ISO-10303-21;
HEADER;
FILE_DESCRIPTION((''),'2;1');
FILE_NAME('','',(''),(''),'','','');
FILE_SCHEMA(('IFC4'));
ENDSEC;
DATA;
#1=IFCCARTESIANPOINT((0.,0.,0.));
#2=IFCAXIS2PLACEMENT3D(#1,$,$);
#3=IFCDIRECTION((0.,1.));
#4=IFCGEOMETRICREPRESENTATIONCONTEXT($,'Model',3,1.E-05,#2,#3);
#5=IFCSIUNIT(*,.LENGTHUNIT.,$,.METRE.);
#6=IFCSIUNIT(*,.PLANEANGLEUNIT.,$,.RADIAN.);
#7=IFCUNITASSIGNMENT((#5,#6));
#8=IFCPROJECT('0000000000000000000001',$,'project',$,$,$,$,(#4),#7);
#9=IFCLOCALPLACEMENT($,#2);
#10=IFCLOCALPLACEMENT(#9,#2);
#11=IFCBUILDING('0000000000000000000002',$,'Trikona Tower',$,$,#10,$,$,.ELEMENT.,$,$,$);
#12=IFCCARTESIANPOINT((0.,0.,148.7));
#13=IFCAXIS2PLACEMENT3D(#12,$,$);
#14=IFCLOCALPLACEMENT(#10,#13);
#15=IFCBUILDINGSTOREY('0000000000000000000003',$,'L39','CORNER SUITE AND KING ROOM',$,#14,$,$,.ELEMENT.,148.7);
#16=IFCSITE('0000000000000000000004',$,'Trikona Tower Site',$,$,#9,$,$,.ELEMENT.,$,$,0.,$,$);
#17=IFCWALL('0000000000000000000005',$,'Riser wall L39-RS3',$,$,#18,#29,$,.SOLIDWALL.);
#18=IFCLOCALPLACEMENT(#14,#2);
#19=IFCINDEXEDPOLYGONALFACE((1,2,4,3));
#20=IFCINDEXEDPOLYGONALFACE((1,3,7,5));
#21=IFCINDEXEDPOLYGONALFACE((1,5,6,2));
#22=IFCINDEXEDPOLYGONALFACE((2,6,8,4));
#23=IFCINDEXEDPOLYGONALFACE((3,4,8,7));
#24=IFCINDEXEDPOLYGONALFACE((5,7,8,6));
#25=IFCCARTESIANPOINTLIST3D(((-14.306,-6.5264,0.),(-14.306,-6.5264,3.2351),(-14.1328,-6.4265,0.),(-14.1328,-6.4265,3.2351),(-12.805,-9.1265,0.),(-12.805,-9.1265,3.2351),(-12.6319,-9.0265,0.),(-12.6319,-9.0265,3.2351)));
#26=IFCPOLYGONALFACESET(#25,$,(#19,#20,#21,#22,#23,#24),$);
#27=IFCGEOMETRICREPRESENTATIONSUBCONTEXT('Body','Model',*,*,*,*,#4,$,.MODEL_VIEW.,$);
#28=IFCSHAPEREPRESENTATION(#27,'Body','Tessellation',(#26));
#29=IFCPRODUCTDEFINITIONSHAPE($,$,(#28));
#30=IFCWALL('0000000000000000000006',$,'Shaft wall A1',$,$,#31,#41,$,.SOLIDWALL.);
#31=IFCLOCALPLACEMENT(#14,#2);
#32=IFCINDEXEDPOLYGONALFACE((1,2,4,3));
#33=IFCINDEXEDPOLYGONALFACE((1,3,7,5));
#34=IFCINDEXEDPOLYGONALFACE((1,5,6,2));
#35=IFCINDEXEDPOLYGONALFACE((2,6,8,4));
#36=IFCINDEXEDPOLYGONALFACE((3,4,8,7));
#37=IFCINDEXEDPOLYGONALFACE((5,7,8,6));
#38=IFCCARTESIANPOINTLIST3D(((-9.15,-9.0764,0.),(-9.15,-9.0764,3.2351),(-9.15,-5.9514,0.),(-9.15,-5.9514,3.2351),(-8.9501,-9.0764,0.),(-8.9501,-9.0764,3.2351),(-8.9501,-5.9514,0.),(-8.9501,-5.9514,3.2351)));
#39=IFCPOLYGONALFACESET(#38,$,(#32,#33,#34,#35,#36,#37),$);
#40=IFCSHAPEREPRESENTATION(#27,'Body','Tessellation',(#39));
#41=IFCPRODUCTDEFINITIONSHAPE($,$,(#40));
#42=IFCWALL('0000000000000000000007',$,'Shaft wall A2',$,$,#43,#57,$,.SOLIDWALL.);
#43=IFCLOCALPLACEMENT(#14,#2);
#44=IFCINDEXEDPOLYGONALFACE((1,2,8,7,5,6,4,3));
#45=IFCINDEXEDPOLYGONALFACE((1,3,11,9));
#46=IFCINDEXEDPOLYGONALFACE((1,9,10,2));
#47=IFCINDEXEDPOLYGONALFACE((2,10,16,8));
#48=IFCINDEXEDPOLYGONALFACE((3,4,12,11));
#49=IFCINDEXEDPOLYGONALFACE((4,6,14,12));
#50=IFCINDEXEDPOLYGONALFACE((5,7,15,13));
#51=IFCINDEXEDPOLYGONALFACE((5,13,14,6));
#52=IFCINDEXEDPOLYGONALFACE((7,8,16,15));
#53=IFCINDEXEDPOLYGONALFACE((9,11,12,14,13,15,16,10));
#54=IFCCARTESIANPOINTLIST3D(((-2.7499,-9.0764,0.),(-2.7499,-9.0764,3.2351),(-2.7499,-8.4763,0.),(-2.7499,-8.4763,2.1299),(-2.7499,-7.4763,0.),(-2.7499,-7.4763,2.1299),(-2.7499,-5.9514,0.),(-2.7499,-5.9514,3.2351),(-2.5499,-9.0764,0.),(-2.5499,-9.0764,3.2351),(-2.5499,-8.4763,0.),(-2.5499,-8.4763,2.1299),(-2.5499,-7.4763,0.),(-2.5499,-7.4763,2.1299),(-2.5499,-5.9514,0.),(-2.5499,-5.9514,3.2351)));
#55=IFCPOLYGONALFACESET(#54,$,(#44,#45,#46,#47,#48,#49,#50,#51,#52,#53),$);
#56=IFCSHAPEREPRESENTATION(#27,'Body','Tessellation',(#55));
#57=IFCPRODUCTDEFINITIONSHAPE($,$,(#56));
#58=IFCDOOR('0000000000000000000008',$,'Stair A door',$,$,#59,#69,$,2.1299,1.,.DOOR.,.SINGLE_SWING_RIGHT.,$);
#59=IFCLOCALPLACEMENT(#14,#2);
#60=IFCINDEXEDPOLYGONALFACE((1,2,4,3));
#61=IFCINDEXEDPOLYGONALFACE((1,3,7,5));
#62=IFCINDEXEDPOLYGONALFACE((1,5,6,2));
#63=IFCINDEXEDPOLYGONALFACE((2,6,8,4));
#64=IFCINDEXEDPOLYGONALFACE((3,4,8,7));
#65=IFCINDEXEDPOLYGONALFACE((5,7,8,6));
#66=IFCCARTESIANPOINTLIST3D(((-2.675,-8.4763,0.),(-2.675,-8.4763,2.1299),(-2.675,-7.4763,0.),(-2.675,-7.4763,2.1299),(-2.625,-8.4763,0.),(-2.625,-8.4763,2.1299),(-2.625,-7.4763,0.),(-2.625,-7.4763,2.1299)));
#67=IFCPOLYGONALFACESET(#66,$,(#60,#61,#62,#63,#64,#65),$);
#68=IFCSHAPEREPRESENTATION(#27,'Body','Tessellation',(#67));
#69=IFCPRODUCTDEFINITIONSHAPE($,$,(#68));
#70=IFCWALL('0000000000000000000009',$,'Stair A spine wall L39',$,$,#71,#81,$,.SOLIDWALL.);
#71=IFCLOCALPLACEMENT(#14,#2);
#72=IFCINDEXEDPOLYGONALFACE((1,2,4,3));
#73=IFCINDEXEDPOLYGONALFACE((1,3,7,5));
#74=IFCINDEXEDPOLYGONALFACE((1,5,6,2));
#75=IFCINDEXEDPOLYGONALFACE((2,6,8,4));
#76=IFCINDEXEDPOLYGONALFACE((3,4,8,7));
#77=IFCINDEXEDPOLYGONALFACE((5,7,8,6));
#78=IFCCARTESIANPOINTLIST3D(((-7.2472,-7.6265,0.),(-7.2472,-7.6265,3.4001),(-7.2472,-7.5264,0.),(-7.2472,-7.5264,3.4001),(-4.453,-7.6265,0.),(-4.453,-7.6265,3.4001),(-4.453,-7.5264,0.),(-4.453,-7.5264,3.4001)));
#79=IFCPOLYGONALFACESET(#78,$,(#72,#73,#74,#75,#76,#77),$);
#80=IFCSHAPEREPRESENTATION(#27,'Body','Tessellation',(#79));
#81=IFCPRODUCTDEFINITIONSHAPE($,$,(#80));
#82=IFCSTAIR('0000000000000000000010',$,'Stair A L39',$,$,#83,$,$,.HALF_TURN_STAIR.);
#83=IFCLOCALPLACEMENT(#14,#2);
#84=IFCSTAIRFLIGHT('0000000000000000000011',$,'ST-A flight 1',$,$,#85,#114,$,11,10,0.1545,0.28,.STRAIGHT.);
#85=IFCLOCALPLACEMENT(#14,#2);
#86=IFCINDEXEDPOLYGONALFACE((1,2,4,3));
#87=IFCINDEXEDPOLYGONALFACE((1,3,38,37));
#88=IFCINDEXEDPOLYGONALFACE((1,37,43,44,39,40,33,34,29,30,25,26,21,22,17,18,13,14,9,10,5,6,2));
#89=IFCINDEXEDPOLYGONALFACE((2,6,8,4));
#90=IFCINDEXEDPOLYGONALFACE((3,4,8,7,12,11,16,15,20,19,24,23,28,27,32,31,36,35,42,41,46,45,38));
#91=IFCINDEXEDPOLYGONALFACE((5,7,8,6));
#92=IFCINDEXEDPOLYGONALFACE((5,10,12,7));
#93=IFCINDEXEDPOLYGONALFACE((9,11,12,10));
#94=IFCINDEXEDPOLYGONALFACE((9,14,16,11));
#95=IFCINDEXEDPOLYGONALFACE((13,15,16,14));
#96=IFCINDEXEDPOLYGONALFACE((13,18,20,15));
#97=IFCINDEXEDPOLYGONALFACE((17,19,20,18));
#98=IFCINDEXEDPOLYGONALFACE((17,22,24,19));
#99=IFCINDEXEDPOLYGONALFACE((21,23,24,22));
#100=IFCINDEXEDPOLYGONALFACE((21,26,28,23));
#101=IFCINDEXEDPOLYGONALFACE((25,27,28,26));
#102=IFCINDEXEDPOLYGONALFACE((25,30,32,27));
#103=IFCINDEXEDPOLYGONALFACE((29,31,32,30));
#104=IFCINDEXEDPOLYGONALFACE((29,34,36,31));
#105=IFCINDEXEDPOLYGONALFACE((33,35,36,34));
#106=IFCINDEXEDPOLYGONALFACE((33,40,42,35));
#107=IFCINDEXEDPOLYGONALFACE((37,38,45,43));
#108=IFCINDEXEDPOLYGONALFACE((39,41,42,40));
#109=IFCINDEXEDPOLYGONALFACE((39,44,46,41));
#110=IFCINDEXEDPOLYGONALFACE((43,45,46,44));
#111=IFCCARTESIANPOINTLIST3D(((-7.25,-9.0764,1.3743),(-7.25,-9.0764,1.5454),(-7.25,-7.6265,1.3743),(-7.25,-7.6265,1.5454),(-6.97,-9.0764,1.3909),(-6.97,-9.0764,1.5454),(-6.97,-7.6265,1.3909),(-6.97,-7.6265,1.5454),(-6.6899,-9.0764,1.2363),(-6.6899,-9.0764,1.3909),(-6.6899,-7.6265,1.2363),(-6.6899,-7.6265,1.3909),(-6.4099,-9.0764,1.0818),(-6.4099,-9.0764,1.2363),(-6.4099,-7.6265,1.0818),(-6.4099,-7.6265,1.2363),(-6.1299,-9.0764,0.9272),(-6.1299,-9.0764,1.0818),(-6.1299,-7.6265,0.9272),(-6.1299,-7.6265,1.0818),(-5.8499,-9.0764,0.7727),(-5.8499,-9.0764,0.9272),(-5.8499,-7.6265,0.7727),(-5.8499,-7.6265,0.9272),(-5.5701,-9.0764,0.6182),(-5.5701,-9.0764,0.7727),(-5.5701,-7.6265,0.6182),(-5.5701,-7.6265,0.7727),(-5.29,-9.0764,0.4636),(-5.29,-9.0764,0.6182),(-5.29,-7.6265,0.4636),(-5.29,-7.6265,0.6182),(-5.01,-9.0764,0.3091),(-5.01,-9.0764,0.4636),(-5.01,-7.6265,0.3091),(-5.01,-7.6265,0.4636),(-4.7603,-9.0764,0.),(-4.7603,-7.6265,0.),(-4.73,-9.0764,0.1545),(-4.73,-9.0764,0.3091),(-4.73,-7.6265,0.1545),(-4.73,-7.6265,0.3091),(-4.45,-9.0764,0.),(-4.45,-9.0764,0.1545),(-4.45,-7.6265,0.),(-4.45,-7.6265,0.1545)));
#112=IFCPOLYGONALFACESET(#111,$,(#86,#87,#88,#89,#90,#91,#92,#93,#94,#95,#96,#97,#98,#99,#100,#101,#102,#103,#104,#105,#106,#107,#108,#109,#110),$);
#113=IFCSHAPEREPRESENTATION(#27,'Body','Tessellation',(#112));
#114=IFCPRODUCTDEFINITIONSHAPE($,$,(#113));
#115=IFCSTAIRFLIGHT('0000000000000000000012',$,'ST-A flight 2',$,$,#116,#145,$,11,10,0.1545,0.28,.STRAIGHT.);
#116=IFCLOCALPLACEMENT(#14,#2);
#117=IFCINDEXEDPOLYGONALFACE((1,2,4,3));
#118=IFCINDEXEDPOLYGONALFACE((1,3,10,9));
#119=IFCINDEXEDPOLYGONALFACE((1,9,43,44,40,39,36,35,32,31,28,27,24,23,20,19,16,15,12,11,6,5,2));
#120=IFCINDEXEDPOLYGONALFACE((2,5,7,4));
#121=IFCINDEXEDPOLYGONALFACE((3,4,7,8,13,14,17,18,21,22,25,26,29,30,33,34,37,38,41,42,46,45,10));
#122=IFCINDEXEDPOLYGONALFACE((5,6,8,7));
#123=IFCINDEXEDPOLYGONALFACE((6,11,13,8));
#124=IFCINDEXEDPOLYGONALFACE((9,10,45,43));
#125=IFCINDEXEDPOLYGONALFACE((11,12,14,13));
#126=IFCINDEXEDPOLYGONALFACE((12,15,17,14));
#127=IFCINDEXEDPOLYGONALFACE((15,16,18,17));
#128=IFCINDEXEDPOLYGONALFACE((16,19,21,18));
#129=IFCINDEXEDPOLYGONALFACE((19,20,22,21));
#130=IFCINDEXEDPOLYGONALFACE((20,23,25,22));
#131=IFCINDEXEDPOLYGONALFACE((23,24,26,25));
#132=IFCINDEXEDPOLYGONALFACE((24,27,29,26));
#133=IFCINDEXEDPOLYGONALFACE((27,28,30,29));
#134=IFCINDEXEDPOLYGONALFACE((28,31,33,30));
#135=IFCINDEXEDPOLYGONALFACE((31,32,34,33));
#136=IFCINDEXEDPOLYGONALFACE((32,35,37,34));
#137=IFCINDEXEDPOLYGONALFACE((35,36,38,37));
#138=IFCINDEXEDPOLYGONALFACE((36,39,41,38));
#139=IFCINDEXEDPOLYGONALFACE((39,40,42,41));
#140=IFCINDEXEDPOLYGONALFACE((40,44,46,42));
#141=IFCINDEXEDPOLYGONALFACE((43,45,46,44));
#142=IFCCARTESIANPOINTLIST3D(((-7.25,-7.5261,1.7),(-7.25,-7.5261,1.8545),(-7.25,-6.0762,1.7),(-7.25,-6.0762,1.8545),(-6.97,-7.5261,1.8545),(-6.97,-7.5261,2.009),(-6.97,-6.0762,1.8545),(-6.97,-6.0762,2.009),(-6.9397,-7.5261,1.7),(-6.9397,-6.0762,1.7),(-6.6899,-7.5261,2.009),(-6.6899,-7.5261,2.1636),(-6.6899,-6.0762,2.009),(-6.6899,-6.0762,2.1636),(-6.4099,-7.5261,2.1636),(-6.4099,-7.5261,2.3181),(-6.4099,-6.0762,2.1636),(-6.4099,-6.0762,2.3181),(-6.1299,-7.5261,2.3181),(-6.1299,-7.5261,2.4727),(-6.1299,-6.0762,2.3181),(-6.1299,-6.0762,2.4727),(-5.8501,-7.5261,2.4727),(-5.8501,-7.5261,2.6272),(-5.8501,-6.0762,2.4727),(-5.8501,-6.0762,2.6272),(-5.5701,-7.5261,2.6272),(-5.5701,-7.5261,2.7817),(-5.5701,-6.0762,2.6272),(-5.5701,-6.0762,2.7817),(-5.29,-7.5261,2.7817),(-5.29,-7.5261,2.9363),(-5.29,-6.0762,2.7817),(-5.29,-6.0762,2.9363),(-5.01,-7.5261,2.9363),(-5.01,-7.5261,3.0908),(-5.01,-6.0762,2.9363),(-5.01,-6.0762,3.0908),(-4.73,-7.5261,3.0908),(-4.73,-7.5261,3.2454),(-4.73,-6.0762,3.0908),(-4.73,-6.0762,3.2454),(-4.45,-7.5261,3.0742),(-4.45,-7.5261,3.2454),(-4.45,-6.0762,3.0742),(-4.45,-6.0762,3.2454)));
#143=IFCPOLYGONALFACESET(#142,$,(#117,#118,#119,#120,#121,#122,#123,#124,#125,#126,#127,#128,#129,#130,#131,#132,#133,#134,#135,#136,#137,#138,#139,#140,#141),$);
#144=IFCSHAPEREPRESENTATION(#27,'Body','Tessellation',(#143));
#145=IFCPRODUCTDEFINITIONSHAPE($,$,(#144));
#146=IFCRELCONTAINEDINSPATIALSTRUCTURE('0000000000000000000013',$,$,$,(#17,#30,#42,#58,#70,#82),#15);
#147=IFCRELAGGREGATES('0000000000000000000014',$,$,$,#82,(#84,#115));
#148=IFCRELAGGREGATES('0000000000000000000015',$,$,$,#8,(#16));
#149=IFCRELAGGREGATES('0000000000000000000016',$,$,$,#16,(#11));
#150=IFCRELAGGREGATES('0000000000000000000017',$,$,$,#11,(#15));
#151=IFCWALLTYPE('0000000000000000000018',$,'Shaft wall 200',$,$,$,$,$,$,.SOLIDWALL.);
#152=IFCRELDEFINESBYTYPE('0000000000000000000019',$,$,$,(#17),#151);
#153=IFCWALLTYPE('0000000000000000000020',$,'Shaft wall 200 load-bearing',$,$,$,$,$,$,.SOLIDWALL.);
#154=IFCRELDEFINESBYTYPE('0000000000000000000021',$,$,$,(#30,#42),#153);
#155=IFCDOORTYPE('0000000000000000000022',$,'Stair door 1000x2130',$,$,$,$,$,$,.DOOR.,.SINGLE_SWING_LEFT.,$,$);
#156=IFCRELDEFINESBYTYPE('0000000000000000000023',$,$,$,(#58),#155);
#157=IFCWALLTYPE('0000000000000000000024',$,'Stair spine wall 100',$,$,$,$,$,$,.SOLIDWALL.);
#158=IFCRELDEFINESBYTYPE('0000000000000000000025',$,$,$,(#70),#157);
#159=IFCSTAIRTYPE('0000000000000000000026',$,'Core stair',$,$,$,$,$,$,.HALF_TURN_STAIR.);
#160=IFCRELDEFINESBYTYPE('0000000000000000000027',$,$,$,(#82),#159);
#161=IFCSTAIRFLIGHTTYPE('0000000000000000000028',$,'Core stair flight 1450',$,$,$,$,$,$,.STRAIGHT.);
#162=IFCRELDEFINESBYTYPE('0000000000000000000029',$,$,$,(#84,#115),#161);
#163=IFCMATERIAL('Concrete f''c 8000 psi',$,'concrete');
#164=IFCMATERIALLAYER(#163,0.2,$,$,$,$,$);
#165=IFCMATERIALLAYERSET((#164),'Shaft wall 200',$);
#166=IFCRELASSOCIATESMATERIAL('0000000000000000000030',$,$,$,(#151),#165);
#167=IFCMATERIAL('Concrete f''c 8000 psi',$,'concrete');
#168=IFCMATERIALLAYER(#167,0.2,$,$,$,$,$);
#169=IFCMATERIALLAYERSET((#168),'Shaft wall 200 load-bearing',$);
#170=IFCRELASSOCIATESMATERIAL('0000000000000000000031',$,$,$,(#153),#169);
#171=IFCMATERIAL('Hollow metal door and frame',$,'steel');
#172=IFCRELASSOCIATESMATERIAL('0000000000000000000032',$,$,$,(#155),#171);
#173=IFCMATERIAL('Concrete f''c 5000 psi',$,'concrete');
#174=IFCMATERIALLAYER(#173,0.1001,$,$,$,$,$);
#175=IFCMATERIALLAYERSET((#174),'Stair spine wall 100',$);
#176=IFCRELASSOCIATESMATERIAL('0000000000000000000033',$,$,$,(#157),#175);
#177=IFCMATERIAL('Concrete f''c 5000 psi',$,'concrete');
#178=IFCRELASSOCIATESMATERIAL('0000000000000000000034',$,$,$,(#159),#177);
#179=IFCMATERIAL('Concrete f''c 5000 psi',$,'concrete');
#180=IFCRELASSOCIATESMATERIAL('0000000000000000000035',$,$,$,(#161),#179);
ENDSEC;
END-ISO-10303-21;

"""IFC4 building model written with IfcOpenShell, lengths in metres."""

from ifc_helpers import new_model, si_unit, direction, frame, frame_2d, origin, place, context, subcontext, project, spatial, polyline, rectangle, outline, extrude, material, layer, layer_set, type_object, element, fill, aggregate, save


model = new_model("IFC4")

# Units and contexts
model_context = context("Model", 3, precision=1e-05, world=origin(), true_north=direction((0.0, 1.0)))
body_context = subcontext(model_context, "Body", "Model", "MODEL_VIEW")
ifc_project = project(units=[si_unit("LENGTHUNIT", "METRE"), si_unit("PLANEANGLEUNIT", "RADIAN")], contexts=[model_context])

# Site, building, storey
site_placement = place(None, origin())
site = spatial("IfcSite", under=ifc_project, at=site_placement, Name="Trikona Tower Site", CompositionType="ELEMENT", RefElevation=0.0)
building_placement = place(site_placement, origin())
building = spatial("IfcBuilding", under=site, at=building_placement, Name="Trikona Tower", CompositionType="ELEMENT")
storey_placement = place(building_placement, frame((0.0, 0.0, 148.7)))
storey = spatial("IfcBuildingStorey", under=building, at=storey_placement, Name="L39", Description="CORNER SUITE AND KING ROOM", CompositionType="ELEMENT", Elevation=148.7)

# Walls
ifc_material_1 = material(Name="Concrete f'c 8000 psi", Category="concrete")
ifc_layer_1 = layer(ifc_material_1, 0.2)
ifc_layer_set_1 = layer_set([ifc_layer_1], Name="Shaft wall 200")
wall_type_1 = type_object("IfcWallType", Name="Shaft wall 200", PredefinedType="SOLIDWALL", material=ifc_layer_set_1)
wall_1_placement = place(storey_placement, frame((-12.7185, -9.0764, 0.0), z_axis=(0.0, 0.0, 1.0), x_axis=(-0.499952, 0.866053, 0.0)))
element("IfcWall", 1, at=wall_1_placement, inside=storey, type_object=wall_type_1, Name="Riser wall L39-RS3", PredefinedType="SOLIDWALL", context=body_context, shape_type="SweptSolid", body=[
    extrude(rectangle(XDim=3.0022, YDim=0.2, at=frame_2d((1.501, 0.0))), origin(), (0.0, 0.0, 1.0), 3.2351),
])
ifc_material_2 = material(Name="Concrete f'c 8000 psi", Category="concrete")
ifc_layer_2 = layer(ifc_material_2, 0.2)
ifc_layer_set_2 = layer_set([ifc_layer_2], Name="Shaft wall 200 load-bearing")
wall_type_2 = type_object("IfcWallType", Name="Shaft wall 200 load-bearing", PredefinedType="SOLIDWALL", material=ifc_layer_set_2)
wall_2_placement = place(storey_placement, frame((-9.05, -5.9514, 0.0), z_axis=(0.0, 0.0, 1.0), x_axis=(0.0, -1.0, 0.0)))
element("IfcWall", 2, at=wall_2_placement, inside=storey, type_object=wall_type_2, Name="Shaft wall A1", PredefinedType="SOLIDWALL", context=body_context, shape_type="SweptSolid", body=[
    extrude(rectangle(XDim=3.125, YDim=0.2, at=frame_2d((1.5625, 0.0))), origin(), (0.0, 0.0, 1.0), 3.2351),
])

# Wall, opening, door
wall_3_placement = place(storey_placement, frame((-2.6499, -5.9514, 0.0), z_axis=(0.0, 0.0, 1.0), x_axis=(0.0, -1.0, 0.0)))
wall_3 = element("IfcWall", 3, at=wall_3_placement, inside=storey, type_object=wall_type_2, Name="Shaft wall A2", PredefinedType="SOLIDWALL", context=body_context, shape_type="SweptSolid", body=[
    extrude(rectangle(XDim=3.125, YDim=0.2, at=frame_2d((1.5625, 0.0))), origin(), (0.0, 0.0, 1.0), 3.2351),
])
opening_1_placement = place(wall_3_placement, frame((1.5249, 0.0, 0.0)))
opening_1 = element("IfcOpeningElement", 4, at=opening_1_placement, cuts=wall_3, PredefinedType="OPENING", context=body_context, shape_type="SweptSolid", body=[
    extrude(rectangle(XDim=1.0, YDim=2.1299, at=frame_2d((0.5, 1.0649))), frame((0.0, 0.1099, 0.0), z_axis=(0.0, -1.0, 0.0), x_axis=(1.0, 0.0, 0.0)), (0.0, 0.0, 1.0), 0.22),
])
ifc_material_3 = material(Name="Hollow metal door and frame", Category="steel")
door_type_1 = type_object("IfcDoorType", Name="Stair door 1000x2130", OperationType="SINGLE_SWING_LEFT", PredefinedType="DOOR", material=ifc_material_3)
door_1_placement = place(opening_1_placement, origin())
door_1 = element("IfcDoor", 5, at=door_1_placement, inside=storey, type_object=door_type_1, Name="Stair A door", OperationType="SINGLE_SWING_RIGHT", OverallHeight=2.1299, OverallWidth=1.0, PredefinedType="DOOR", context=body_context, shape_type="SweptSolid", body=[
    extrude(rectangle(XDim=1.0, YDim=2.1299, at=frame_2d((0.5, 1.0649))), frame((0.0, 0.0249, 0.0), z_axis=(0.0, -1.0, 0.0), x_axis=(1.0, 0.0, 0.0)), (0.0, 0.0, 1.0), 0.05),
])
fill(opening_1, door_1)

# Wall
ifc_material_4 = material(Name="Concrete f'c 5000 psi", Category="concrete")
ifc_layer_3 = layer(ifc_material_4, 0.1001)
ifc_layer_set_3 = layer_set([ifc_layer_3], Name="Stair spine wall 100")
wall_type_3 = type_object("IfcWallType", Name="Stair spine wall 100", PredefinedType="SOLIDWALL", material=ifc_layer_set_3)
wall_4_placement = place(storey_placement, frame((-7.2471, -7.5764, 0.0), z_axis=(0.0, 0.0, 1.0), x_axis=(1.0, 0.0, 0.0)))
element("IfcWall", 6, at=wall_4_placement, inside=storey, type_object=wall_type_3, Name="Stair A spine wall L39", PredefinedType="SOLIDWALL", context=body_context, shape_type="SweptSolid", body=[
    extrude(rectangle(XDim=2.7942, YDim=0.1001, at=frame_2d((1.397, 0.0))), origin(), (0.0, 0.0, 1.0), 3.4001),
])

# Stair, stair flights
ifc_material_5 = material(Name="Concrete f'c 5000 psi", Category="concrete")
stair_type = type_object("IfcStairType", Name="Core stair", PredefinedType="HALF_TURN_STAIR", material=ifc_material_5)
stair_placement = place(storey_placement, origin())
stair = element("IfcStair", 7, at=stair_placement, inside=storey, type_object=stair_type, Name="Stair A L39", PredefinedType="HALF_TURN_STAIR")
ifc_material_6 = material(Name="Concrete f'c 5000 psi", Category="concrete")
stair_flight_type = type_object("IfcStairFlightType", Name="Core stair flight 1450", PredefinedType="STRAIGHT", material=ifc_material_6)
stair_flight_1_placement = place(storey_placement, frame((-4.45, -8.3513, 0.0), z_axis=(0.0, 0.0, 1.0), x_axis=(-1.0, 0.0, 0.0)))
stair_flight_1 = element("IfcStairFlight", 8, at=stair_flight_1_placement, type_object=stair_flight_type, Name="ST-A flight 1", NumberOfRisers=11, NumberOfTreads=10, PredefinedType="STRAIGHT", RiserHeight=0.1545, TreadLength=0.28, context=body_context, shape_type="SweptSolid", body=[
    extrude(outline(polyline([(0.0, 0.0), (0.0, 0.1545), (0.28, 0.1545), (0.28, 0.3091), (0.5601, 0.3091), (0.5601, 0.4636), (0.8401, 0.4636), (0.8401, 0.6182), (1.1201, 0.6182), (1.1201, 0.7727), (1.3999, 0.7727), (1.3999, 0.9272), (1.6799, 0.9272), (1.6799, 1.0818), (1.96, 1.0818), (1.96, 1.2363), (2.24, 1.2363), (2.24, 1.3909), (2.52, 1.3909), (2.52, 1.5454), (2.8, 1.5454), (2.8, 1.7), (2.8, 1.3743), (0.3103, 0.0), (0.0, 0.0)])), frame((0.0, 0.7251, 0.0), z_axis=(0.0, -1.0, 0.0), x_axis=(1.0, 0.0, 0.0)), (0.0, 0.0, 1.0), 1.45),
])
stair_flight_2_placement = place(storey_placement, frame((-7.25, -6.8013, 1.7), z_axis=(0.0, 0.0, 1.0), x_axis=(1.0, 0.0, 0.0)))
stair_flight_2 = element("IfcStairFlight", 9, at=stair_flight_2_placement, type_object=stair_flight_type, Name="ST-A flight 2", NumberOfRisers=11, NumberOfTreads=10, PredefinedType="STRAIGHT", RiserHeight=0.1545, TreadLength=0.28, context=body_context, shape_type="SweptSolid", body=[
    extrude(outline(polyline([(0.0, 0.0), (0.0, 0.1545), (0.28, 0.1545), (0.28, 0.3091), (0.5601, 0.3091), (0.5601, 0.4636), (0.8401, 0.4636), (0.8401, 0.6182), (1.1201, 0.6182), (1.1201, 0.7727), (1.3999, 0.7727), (1.3999, 0.9272), (1.6799, 0.9272), (1.6799, 1.0818), (1.96, 1.0818), (1.96, 1.2363), (2.24, 1.2363), (2.24, 1.3909), (2.52, 1.3909), (2.52, 1.5454), (2.8, 1.5454), (2.8, 1.7), (2.8, 1.3743), (0.3103, 0.0), (0.0, 0.0)])), frame((0.0, 0.7251, 0.0), z_axis=(0.0, -1.0, 0.0), x_axis=(1.0, 0.0, 0.0)), (0.0, 0.0, 1.0), 1.45),
])
aggregate(stair, [stair_flight_1, stair_flight_2])

save(model, "model.ifc")
